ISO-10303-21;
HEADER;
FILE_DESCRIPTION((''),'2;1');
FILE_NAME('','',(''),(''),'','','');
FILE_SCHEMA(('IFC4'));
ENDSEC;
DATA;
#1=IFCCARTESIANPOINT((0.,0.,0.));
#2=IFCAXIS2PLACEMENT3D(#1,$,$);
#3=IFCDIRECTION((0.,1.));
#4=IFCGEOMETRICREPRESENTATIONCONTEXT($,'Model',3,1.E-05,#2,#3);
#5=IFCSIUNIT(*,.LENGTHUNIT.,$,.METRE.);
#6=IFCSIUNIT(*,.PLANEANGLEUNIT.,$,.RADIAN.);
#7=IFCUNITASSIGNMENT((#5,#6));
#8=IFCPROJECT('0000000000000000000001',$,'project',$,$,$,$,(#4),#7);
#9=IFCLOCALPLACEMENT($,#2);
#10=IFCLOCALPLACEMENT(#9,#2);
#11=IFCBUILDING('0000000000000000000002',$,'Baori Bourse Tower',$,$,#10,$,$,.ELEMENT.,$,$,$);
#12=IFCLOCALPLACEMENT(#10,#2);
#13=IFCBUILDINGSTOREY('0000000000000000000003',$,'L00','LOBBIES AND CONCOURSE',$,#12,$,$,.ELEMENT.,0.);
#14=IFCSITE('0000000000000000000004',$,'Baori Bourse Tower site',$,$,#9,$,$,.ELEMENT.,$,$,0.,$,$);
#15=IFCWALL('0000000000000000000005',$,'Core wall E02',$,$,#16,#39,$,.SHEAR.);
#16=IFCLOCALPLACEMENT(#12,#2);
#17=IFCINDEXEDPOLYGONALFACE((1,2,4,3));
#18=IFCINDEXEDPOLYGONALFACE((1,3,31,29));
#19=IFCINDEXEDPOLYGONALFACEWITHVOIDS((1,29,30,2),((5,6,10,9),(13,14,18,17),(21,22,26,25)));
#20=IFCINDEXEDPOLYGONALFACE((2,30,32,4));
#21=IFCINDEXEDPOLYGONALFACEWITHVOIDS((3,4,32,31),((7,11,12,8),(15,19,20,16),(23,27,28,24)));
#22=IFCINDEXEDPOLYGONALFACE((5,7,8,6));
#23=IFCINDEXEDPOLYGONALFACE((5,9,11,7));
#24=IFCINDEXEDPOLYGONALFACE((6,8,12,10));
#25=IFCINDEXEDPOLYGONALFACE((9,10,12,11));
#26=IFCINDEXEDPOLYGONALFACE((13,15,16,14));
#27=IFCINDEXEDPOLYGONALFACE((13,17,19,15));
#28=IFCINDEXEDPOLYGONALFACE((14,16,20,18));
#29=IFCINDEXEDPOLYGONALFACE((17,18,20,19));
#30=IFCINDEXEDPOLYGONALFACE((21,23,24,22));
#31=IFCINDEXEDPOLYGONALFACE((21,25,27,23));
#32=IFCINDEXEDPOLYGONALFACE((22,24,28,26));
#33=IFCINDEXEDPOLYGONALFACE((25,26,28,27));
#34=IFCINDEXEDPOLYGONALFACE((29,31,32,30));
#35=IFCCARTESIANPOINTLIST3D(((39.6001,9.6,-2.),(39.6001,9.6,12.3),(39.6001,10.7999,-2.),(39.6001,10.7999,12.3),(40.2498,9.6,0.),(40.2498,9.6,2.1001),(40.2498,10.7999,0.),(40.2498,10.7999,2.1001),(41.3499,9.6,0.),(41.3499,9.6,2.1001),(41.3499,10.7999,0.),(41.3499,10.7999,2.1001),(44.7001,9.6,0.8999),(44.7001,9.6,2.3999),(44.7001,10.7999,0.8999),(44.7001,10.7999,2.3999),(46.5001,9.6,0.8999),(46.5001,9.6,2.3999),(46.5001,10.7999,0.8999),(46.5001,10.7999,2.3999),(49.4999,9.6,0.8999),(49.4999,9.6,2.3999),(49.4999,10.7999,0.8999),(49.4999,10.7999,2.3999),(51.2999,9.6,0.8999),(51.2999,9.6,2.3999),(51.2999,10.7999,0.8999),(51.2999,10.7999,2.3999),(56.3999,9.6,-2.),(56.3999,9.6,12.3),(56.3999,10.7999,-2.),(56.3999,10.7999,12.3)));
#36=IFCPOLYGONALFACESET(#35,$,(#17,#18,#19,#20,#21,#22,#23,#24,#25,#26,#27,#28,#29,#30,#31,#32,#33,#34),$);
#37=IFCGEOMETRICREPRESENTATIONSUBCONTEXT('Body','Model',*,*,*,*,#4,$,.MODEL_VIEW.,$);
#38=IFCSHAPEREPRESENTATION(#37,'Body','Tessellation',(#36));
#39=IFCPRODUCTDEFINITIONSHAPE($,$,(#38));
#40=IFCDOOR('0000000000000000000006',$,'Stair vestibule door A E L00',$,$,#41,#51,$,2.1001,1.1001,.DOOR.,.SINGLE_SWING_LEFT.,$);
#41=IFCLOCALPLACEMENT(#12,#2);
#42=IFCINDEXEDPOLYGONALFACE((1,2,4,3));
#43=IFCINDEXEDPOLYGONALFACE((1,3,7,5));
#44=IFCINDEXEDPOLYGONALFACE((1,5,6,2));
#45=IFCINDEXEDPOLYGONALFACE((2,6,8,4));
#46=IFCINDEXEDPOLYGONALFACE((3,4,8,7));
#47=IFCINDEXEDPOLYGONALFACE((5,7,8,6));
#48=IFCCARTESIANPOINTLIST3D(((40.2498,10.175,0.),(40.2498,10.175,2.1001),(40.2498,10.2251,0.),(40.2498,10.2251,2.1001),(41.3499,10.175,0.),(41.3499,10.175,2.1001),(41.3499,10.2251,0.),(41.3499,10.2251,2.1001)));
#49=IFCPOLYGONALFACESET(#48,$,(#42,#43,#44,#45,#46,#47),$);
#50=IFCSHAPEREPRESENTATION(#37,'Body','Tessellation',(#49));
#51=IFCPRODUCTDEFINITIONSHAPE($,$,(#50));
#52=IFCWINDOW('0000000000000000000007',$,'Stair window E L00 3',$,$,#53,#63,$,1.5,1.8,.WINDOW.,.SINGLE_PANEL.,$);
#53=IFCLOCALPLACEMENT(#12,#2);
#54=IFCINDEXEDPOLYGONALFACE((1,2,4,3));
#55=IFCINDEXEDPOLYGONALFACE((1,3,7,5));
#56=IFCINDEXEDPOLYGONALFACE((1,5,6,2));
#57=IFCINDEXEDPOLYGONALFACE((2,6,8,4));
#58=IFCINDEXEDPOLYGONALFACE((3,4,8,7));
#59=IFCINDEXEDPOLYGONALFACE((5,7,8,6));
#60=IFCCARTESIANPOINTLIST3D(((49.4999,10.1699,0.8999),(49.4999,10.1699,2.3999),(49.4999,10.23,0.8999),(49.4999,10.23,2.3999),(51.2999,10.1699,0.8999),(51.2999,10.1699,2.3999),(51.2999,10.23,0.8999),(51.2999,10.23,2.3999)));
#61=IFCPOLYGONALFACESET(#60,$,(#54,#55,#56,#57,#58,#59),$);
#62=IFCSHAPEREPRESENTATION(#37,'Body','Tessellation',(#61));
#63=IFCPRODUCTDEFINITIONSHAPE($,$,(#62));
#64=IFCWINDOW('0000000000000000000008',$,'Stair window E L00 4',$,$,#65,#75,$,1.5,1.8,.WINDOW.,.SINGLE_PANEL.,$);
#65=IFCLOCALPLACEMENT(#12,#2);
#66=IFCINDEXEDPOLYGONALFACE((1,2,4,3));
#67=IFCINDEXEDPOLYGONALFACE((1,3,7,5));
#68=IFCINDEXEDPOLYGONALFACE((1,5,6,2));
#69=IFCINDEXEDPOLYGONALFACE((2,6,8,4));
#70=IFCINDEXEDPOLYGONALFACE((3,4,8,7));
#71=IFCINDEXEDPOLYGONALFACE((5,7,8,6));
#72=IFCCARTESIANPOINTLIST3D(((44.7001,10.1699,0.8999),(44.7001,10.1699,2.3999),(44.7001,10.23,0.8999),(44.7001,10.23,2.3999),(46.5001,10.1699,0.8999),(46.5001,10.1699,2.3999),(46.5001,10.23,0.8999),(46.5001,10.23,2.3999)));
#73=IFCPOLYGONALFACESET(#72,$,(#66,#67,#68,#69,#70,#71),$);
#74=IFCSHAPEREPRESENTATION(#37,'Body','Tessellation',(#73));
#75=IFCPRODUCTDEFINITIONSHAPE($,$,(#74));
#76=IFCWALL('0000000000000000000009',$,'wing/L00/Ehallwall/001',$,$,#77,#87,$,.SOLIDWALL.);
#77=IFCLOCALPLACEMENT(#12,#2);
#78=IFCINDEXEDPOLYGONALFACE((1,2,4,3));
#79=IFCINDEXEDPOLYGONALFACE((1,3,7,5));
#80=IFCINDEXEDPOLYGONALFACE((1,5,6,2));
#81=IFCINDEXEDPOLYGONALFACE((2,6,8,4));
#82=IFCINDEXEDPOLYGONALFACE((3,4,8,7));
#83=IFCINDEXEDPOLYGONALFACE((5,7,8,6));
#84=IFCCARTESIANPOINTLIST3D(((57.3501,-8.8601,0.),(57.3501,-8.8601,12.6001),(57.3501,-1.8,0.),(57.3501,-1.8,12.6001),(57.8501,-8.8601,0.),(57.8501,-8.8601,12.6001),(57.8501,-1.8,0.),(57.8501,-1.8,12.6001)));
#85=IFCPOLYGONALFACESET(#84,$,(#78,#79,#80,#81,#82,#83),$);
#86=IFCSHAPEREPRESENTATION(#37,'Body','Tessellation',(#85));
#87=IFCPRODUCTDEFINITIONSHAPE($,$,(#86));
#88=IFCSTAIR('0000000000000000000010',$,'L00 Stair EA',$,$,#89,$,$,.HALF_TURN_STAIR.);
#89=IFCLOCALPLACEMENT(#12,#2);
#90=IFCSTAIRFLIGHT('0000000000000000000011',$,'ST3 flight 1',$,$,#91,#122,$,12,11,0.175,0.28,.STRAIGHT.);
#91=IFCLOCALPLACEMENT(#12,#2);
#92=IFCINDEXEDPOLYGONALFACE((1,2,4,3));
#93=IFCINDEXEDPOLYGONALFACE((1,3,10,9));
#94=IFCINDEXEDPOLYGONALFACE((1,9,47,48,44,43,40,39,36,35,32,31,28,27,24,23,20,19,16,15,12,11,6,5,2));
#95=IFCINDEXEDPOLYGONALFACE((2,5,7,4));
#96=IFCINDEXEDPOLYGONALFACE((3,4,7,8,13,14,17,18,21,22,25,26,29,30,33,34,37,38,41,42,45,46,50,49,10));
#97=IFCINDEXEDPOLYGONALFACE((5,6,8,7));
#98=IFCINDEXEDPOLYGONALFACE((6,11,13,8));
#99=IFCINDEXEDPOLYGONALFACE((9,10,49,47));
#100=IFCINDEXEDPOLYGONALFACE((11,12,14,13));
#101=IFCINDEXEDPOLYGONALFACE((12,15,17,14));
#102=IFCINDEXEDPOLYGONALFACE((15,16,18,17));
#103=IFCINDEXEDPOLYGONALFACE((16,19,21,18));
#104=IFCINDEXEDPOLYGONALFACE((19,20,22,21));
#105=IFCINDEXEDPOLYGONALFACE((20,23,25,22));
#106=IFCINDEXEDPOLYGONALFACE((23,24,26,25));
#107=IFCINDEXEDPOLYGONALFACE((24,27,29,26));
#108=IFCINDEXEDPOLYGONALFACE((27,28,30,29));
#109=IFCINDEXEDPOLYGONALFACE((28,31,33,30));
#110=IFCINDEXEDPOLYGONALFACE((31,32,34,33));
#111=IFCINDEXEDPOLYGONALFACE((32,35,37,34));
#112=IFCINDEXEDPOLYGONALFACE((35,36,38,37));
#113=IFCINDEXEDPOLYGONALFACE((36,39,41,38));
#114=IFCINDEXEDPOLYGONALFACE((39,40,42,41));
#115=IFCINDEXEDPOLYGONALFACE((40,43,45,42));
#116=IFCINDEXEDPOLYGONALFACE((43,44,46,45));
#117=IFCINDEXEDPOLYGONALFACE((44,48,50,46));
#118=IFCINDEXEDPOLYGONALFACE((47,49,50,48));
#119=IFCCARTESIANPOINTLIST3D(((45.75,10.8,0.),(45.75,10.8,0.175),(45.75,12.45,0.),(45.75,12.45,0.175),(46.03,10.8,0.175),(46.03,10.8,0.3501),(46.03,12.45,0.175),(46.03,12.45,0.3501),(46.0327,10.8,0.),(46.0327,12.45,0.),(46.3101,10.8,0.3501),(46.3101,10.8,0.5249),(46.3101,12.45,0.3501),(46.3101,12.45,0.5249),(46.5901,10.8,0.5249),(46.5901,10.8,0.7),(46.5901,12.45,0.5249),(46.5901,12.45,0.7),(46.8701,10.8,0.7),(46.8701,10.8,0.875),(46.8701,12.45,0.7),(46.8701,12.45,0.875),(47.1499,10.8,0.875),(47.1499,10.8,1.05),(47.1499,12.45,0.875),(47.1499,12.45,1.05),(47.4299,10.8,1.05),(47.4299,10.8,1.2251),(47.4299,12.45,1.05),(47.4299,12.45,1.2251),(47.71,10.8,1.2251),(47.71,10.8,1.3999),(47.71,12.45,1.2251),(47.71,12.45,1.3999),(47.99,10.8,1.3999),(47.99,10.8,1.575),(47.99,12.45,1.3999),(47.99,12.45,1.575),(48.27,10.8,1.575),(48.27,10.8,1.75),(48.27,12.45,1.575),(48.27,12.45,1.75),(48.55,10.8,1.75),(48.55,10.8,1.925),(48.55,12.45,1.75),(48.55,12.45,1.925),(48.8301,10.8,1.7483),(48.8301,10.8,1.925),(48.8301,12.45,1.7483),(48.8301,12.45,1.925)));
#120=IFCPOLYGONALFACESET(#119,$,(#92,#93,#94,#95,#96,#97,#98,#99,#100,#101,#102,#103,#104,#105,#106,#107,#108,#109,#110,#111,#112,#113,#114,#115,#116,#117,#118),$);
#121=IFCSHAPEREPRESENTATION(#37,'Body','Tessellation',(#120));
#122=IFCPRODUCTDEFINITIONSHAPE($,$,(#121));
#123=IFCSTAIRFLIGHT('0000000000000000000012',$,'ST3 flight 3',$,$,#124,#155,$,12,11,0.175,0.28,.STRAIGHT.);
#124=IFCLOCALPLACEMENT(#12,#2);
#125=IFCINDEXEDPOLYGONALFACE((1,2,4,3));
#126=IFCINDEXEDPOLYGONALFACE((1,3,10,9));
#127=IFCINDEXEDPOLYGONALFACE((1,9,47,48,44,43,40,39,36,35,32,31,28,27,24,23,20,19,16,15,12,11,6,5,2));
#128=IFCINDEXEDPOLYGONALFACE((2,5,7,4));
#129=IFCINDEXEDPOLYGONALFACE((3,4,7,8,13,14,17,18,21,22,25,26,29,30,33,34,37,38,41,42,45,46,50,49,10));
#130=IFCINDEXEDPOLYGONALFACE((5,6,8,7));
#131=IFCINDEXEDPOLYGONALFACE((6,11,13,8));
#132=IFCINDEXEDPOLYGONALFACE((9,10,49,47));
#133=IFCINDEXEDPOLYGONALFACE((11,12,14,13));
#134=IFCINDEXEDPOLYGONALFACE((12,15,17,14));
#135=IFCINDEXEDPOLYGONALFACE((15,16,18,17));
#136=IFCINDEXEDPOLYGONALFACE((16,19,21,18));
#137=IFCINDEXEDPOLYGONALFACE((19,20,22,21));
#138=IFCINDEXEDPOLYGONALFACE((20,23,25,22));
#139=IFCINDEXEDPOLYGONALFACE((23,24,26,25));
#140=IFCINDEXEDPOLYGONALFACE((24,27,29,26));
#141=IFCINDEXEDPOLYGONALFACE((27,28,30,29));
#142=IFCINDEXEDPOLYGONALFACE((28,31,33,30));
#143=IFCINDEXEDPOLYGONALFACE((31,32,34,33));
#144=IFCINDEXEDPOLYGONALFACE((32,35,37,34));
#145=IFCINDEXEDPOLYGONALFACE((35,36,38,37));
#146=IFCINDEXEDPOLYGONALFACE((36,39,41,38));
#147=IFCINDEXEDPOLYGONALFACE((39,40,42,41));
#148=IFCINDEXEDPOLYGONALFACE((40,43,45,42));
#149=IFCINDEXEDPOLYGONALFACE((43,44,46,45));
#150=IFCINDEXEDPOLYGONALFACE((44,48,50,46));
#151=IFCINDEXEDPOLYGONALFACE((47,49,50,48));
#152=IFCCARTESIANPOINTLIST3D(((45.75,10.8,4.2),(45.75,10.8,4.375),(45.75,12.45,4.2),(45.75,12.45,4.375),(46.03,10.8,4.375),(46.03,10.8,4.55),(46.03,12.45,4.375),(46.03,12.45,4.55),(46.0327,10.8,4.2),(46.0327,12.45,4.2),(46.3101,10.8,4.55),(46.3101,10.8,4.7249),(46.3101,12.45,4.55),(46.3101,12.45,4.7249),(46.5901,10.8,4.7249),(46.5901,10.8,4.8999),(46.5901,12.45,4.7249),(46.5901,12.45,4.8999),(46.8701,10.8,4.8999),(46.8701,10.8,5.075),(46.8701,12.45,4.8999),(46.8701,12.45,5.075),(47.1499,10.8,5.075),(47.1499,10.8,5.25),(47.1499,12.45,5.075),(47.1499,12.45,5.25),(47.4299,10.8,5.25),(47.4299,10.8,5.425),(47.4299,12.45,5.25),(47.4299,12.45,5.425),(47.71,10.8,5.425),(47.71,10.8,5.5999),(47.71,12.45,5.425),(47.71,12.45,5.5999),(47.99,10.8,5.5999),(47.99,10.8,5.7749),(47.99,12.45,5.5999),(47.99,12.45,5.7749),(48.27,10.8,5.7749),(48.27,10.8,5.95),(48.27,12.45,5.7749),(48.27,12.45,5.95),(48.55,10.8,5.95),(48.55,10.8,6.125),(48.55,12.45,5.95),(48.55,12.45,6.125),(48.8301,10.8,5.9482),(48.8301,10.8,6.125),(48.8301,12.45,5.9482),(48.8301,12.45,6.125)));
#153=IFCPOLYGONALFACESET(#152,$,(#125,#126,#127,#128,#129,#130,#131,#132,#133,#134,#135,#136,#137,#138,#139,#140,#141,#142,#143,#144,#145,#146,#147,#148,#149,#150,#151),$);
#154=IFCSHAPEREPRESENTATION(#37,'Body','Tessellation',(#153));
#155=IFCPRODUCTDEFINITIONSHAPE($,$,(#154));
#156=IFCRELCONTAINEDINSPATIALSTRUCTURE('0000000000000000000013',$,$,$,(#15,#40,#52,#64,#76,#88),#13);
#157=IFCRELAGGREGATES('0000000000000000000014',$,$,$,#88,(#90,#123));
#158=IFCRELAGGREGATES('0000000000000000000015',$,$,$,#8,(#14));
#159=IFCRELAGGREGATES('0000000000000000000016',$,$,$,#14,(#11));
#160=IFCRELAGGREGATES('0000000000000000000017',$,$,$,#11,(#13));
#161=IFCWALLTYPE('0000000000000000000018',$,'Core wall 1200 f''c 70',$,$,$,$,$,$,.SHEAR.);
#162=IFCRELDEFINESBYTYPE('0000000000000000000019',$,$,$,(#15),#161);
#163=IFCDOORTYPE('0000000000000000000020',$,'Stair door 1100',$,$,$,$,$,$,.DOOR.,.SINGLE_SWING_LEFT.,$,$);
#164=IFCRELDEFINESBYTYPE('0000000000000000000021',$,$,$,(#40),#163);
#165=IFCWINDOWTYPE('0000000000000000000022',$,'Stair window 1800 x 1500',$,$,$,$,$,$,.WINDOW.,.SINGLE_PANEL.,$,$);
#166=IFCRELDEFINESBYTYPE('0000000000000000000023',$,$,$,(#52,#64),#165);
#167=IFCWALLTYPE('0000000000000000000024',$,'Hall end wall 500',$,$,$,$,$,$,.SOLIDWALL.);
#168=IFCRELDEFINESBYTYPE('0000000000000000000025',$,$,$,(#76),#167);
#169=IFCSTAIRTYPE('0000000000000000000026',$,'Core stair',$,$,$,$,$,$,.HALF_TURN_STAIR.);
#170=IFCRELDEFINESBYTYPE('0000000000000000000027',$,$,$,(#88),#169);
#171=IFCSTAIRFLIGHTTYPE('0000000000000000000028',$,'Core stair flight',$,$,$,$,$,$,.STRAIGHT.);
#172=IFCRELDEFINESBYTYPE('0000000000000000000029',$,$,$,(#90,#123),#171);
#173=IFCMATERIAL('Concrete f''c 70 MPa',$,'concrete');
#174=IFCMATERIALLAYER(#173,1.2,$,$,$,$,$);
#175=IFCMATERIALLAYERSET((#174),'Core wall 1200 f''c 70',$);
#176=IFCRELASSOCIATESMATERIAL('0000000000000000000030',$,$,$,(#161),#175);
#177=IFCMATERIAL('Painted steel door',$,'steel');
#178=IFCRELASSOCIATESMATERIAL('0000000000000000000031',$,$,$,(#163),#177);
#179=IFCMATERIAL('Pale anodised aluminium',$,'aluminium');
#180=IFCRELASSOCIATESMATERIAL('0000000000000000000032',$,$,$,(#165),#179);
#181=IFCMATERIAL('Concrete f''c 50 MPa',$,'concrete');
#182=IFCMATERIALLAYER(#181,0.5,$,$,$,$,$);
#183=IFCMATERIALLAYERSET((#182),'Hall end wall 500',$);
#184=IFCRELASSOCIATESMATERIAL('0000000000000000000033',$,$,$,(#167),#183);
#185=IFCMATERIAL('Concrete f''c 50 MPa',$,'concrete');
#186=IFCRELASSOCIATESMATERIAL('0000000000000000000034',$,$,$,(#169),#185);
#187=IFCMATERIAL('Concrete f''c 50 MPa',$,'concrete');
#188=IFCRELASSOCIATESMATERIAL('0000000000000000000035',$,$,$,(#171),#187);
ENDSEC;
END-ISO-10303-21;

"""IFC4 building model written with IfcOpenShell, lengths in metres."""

from ifc_helpers import new_model, si_unit, direction, frame, frame_2d, origin, place, context, subcontext, project, spatial, polyline, rectangle, outline, extrude, material, layer, layer_set, type_object, element, fill, aggregate, save


model = new_model("IFC4")

# Units and contexts
model_context = context("Model", 3, precision=1e-05, world=origin(), true_north=direction((0.0, 1.0)))
body_context = subcontext(model_context, "Body", "Model", "MODEL_VIEW")
ifc_project = project(units=[si_unit("LENGTHUNIT", "METRE"), si_unit("PLANEANGLEUNIT", "RADIAN")], contexts=[model_context])

# Site, building, storey
site_placement = place(None, origin())
site = spatial("IfcSite", under=ifc_project, at=site_placement, Name="Baori Bourse Tower site", CompositionType="ELEMENT", RefElevation=0.0)
building_placement = place(site_placement, origin())
building = spatial("IfcBuilding", under=site, at=building_placement, Name="Baori Bourse Tower", CompositionType="ELEMENT")
storey_placement = place(building_placement, origin())
storey = spatial("IfcBuildingStorey", under=building, at=storey_placement, Name="L00", Description="LOBBIES AND CONCOURSE", CompositionType="ELEMENT", Elevation=0.0)

# Wall, openings, door, windows
ifc_material_1 = material(Name="Concrete f'c 70 MPa", Category="concrete")
ifc_layer_1 = layer(ifc_material_1, 1.2)
ifc_layer_set_1 = layer_set([ifc_layer_1], Name="Core wall 1200 f'c 70")
wall_type_1 = type_object("IfcWallType", Name="Core wall 1200 f'c 70", PredefinedType="SHEAR", material=ifc_layer_set_1)
wall_1_placement = place(storey_placement, frame((56.3999, 10.2, -2.0), z_axis=(0.0, 0.0, 1.0), x_axis=(-1.0, 0.0, 0.0)))
wall_1 = element("IfcWall", 1, at=wall_1_placement, inside=storey, type_object=wall_type_1, Name="Core wall E02", PredefinedType="SHEAR", context=body_context, shape_type="SweptSolid", body=[
    extrude(rectangle(XDim=16.7998, YDim=1.2, at=frame_2d((8.3999, 0.0))), origin(), (0.0, 0.0, 1.0), 14.3),
])
opening_1_placement = place(wall_1_placement, frame((15.05, 0.0, 2.0)))
opening_1 = element("IfcOpeningElement", 2, at=opening_1_placement, cuts=wall_1, PredefinedType="OPENING", context=body_context, shape_type="SweptSolid", body=[
    extrude(rectangle(XDim=1.1001, YDim=2.1001, at=frame_2d((0.55, 1.05))), frame((0.0, 0.6099, 0.0), z_axis=(0.0, -1.0, 0.0), x_axis=(1.0, 0.0, 0.0)), (0.0, 0.0, 1.0), 1.22),
])
opening_2_placement = place(wall_1_placement, frame((5.1001, 0.0, 2.8999)))
opening_2 = element("IfcOpeningElement", 3, at=opening_2_placement, cuts=wall_1, PredefinedType="OPENING", context=body_context, shape_type="SweptSolid", body=[
    extrude(rectangle(XDim=1.8, YDim=1.5, at=frame_2d((0.8999, 0.75))), frame((0.0, 0.6099, 0.0), z_axis=(0.0, -1.0, 0.0), x_axis=(1.0, 0.0, 0.0)), (0.0, 0.0, 1.0), 1.22),
])
opening_3_placement = place(wall_1_placement, frame((9.8999, 0.0, 2.8999)))
opening_3 = element("IfcOpeningElement", 4, at=opening_3_placement, cuts=wall_1, PredefinedType="OPENING", context=body_context, shape_type="SweptSolid", body=[
    extrude(rectangle(XDim=1.8, YDim=1.5, at=frame_2d((0.8999, 0.75))), frame((0.0, 0.6099, 0.0), z_axis=(0.0, -1.0, 0.0), x_axis=(1.0, 0.0, 0.0)), (0.0, 0.0, 1.0), 1.22),
])
ifc_material_2 = material(Name="Painted steel door", Category="steel")
door_type = type_object("IfcDoorType", Name="Stair door 1100", OperationType="SINGLE_SWING_LEFT", PredefinedType="DOOR", material=ifc_material_2)
door_placement = place(opening_1_placement, origin())
door = element("IfcDoor", 5, at=door_placement, inside=storey, type_object=door_type, Name="Stair vestibule door A E L00", OperationType="SINGLE_SWING_LEFT", OverallHeight=2.1001, OverallWidth=1.1001, PredefinedType="DOOR", context=body_context, shape_type="SweptSolid", body=[
    extrude(rectangle(XDim=1.1001, YDim=2.1001, at=frame_2d((0.55, 1.05))), frame((0.0, 0.0249, 0.0), z_axis=(0.0, -1.0, 0.0), x_axis=(1.0, 0.0, 0.0)), (0.0, 0.0, 1.0), 0.05),
])
fill(opening_1, door)
ifc_material_3 = material(Name="Pale anodised aluminium", Category="aluminium")
window_type = type_object("IfcWindowType", Name="Stair window 1800 x 1500", PartitioningType="SINGLE_PANEL", PredefinedType="WINDOW", material=ifc_material_3)
window_1_placement = place(opening_2_placement, origin())
window_1 = element("IfcWindow", 6, at=window_1_placement, inside=storey, type_object=window_type, Name="Stair window E L00 3", OverallHeight=1.5, OverallWidth=1.8, PartitioningType="SINGLE_PANEL", PredefinedType="WINDOW", context=body_context, shape_type="SweptSolid", body=[
    extrude(rectangle(XDim=1.8, YDim=1.5, at=frame_2d((0.8999, 0.75))), frame((0.0, 0.03, 0.0), z_axis=(0.0, -1.0, 0.0), x_axis=(1.0, 0.0, 0.0)), (0.0, 0.0, 1.0), 0.0601),
])
fill(opening_2, window_1)
window_2_placement = place(opening_3_placement, origin())
window_2 = element("IfcWindow", 7, at=window_2_placement, inside=storey, type_object=window_type, Name="Stair window E L00 4", OverallHeight=1.5, OverallWidth=1.8, PartitioningType="SINGLE_PANEL", PredefinedType="WINDOW", context=body_context, shape_type="SweptSolid", body=[
    extrude(rectangle(XDim=1.8, YDim=1.5, at=frame_2d((0.8999, 0.75))), frame((0.0, 0.03, 0.0), z_axis=(0.0, -1.0, 0.0), x_axis=(1.0, 0.0, 0.0)), (0.0, 0.0, 1.0), 0.0601),
])
fill(opening_3, window_2)

# Wall
ifc_material_4 = material(Name="Concrete f'c 50 MPa", Category="concrete")
ifc_layer_2 = layer(ifc_material_4, 0.5)
ifc_layer_set_2 = layer_set([ifc_layer_2], Name="Hall end wall 500")
wall_type_2 = type_object("IfcWallType", Name="Hall end wall 500", PredefinedType="SOLIDWALL", material=ifc_layer_set_2)
wall_2_placement = place(storey_placement, frame((57.6001, -1.8, 0.0), z_axis=(0.0, 0.0, 1.0), x_axis=(0.0, -1.0, 0.0)))
element("IfcWall", 8, at=wall_2_placement, inside=storey, type_object=wall_type_2, Name="wing/L00/Ehallwall/001", PredefinedType="SOLIDWALL", context=body_context, shape_type="SweptSolid", body=[
    extrude(rectangle(XDim=7.0601, YDim=0.5, at=frame_2d((3.53, 0.0))), origin(), (0.0, 0.0, 1.0), 12.6001),
])

# Stair, stair flights
ifc_material_5 = material(Name="Concrete f'c 50 MPa", Category="concrete")
stair_type = type_object("IfcStairType", Name="Core stair", PredefinedType="HALF_TURN_STAIR", material=ifc_material_5)
stair_placement = place(storey_placement, origin())
stair = element("IfcStair", 9, at=stair_placement, inside=storey, type_object=stair_type, Name="L00 Stair EA", PredefinedType="HALF_TURN_STAIR")
ifc_material_6 = material(Name="Concrete f'c 50 MPa", Category="concrete")
stair_flight_type = type_object("IfcStairFlightType", Name="Core stair flight", PredefinedType="STRAIGHT", material=ifc_material_6)
stair_flight_1_placement = place(storey_placement, frame((45.75, 11.625, 0.0), z_axis=(0.0, 0.0, 1.0), x_axis=(1.0, 0.0, 0.0)))
stair_flight_1 = element("IfcStairFlight", 10, at=stair_flight_1_placement, type_object=stair_flight_type, Name="ST3 flight 1", NumberOfRisers=12, NumberOfTreads=11, PredefinedType="STRAIGHT", RiserHeight=0.175, TreadLength=0.28, context=body_context, shape_type="SweptSolid", body=[
    extrude(outline(polyline([(0.0, 0.0), (0.0, 0.175), (0.28, 0.175), (0.28, 0.3501), (0.5601, 0.3501), (0.5601, 0.5249), (0.8401, 0.5249), (0.8401, 0.7), (1.1201, 0.7), (1.1201, 0.875), (1.3999, 0.875), (1.3999, 1.05), (1.6799, 1.05), (1.6799, 1.2251), (1.96, 1.2251), (1.96, 1.3999), (2.24, 1.3999), (2.24, 1.575), (2.52, 1.575), (2.52, 1.75), (2.8, 1.75), (2.8, 1.925), (3.0801, 1.925), (3.0801, 2.1001), (3.0801, 1.7483), (0.2827, 0.0), (0.0, 0.0)])), frame((0.0, 0.825, 0.0), z_axis=(0.0, -1.0, 0.0), x_axis=(1.0, 0.0, 0.0)), (0.0, 0.0, 1.0), 1.6499),
])
stair_flight_2_placement = place(storey_placement, frame((45.75, 11.625, 4.2), z_axis=(0.0, 0.0, 1.0), x_axis=(1.0, 0.0, 0.0)))
stair_flight_2 = element("IfcStairFlight", 11, at=stair_flight_2_placement, type_object=stair_flight_type, Name="ST3 flight 3", NumberOfRisers=12, NumberOfTreads=11, PredefinedType="STRAIGHT", RiserHeight=0.175, TreadLength=0.28, context=body_context, shape_type="SweptSolid", body=[
    extrude(outline(polyline([(0.0, 0.0), (0.0, 0.175), (0.28, 0.175), (0.28, 0.3501), (0.5601, 0.3501), (0.5601, 0.5249), (0.8401, 0.5249), (0.8401, 0.7), (1.1201, 0.7), (1.1201, 0.875), (1.3999, 0.875), (1.3999, 1.05), (1.6799, 1.05), (1.6799, 1.2251), (1.96, 1.2251), (1.96, 1.3999), (2.24, 1.3999), (2.24, 1.575), (2.52, 1.575), (2.52, 1.75), (2.8, 1.75), (2.8, 1.925), (3.0801, 1.925), (3.0801, 2.1001), (3.0801, 1.7483), (0.2827, 0.0), (0.0, 0.0)])), frame((0.0, 0.825, 0.0), z_axis=(0.0, -1.0, 0.0), x_axis=(1.0, 0.0, 0.0)), (0.0, 0.0, 1.0), 1.6499),
])
aggregate(stair, [stair_flight_1, stair_flight_2])

save(model, "model.ifc")
